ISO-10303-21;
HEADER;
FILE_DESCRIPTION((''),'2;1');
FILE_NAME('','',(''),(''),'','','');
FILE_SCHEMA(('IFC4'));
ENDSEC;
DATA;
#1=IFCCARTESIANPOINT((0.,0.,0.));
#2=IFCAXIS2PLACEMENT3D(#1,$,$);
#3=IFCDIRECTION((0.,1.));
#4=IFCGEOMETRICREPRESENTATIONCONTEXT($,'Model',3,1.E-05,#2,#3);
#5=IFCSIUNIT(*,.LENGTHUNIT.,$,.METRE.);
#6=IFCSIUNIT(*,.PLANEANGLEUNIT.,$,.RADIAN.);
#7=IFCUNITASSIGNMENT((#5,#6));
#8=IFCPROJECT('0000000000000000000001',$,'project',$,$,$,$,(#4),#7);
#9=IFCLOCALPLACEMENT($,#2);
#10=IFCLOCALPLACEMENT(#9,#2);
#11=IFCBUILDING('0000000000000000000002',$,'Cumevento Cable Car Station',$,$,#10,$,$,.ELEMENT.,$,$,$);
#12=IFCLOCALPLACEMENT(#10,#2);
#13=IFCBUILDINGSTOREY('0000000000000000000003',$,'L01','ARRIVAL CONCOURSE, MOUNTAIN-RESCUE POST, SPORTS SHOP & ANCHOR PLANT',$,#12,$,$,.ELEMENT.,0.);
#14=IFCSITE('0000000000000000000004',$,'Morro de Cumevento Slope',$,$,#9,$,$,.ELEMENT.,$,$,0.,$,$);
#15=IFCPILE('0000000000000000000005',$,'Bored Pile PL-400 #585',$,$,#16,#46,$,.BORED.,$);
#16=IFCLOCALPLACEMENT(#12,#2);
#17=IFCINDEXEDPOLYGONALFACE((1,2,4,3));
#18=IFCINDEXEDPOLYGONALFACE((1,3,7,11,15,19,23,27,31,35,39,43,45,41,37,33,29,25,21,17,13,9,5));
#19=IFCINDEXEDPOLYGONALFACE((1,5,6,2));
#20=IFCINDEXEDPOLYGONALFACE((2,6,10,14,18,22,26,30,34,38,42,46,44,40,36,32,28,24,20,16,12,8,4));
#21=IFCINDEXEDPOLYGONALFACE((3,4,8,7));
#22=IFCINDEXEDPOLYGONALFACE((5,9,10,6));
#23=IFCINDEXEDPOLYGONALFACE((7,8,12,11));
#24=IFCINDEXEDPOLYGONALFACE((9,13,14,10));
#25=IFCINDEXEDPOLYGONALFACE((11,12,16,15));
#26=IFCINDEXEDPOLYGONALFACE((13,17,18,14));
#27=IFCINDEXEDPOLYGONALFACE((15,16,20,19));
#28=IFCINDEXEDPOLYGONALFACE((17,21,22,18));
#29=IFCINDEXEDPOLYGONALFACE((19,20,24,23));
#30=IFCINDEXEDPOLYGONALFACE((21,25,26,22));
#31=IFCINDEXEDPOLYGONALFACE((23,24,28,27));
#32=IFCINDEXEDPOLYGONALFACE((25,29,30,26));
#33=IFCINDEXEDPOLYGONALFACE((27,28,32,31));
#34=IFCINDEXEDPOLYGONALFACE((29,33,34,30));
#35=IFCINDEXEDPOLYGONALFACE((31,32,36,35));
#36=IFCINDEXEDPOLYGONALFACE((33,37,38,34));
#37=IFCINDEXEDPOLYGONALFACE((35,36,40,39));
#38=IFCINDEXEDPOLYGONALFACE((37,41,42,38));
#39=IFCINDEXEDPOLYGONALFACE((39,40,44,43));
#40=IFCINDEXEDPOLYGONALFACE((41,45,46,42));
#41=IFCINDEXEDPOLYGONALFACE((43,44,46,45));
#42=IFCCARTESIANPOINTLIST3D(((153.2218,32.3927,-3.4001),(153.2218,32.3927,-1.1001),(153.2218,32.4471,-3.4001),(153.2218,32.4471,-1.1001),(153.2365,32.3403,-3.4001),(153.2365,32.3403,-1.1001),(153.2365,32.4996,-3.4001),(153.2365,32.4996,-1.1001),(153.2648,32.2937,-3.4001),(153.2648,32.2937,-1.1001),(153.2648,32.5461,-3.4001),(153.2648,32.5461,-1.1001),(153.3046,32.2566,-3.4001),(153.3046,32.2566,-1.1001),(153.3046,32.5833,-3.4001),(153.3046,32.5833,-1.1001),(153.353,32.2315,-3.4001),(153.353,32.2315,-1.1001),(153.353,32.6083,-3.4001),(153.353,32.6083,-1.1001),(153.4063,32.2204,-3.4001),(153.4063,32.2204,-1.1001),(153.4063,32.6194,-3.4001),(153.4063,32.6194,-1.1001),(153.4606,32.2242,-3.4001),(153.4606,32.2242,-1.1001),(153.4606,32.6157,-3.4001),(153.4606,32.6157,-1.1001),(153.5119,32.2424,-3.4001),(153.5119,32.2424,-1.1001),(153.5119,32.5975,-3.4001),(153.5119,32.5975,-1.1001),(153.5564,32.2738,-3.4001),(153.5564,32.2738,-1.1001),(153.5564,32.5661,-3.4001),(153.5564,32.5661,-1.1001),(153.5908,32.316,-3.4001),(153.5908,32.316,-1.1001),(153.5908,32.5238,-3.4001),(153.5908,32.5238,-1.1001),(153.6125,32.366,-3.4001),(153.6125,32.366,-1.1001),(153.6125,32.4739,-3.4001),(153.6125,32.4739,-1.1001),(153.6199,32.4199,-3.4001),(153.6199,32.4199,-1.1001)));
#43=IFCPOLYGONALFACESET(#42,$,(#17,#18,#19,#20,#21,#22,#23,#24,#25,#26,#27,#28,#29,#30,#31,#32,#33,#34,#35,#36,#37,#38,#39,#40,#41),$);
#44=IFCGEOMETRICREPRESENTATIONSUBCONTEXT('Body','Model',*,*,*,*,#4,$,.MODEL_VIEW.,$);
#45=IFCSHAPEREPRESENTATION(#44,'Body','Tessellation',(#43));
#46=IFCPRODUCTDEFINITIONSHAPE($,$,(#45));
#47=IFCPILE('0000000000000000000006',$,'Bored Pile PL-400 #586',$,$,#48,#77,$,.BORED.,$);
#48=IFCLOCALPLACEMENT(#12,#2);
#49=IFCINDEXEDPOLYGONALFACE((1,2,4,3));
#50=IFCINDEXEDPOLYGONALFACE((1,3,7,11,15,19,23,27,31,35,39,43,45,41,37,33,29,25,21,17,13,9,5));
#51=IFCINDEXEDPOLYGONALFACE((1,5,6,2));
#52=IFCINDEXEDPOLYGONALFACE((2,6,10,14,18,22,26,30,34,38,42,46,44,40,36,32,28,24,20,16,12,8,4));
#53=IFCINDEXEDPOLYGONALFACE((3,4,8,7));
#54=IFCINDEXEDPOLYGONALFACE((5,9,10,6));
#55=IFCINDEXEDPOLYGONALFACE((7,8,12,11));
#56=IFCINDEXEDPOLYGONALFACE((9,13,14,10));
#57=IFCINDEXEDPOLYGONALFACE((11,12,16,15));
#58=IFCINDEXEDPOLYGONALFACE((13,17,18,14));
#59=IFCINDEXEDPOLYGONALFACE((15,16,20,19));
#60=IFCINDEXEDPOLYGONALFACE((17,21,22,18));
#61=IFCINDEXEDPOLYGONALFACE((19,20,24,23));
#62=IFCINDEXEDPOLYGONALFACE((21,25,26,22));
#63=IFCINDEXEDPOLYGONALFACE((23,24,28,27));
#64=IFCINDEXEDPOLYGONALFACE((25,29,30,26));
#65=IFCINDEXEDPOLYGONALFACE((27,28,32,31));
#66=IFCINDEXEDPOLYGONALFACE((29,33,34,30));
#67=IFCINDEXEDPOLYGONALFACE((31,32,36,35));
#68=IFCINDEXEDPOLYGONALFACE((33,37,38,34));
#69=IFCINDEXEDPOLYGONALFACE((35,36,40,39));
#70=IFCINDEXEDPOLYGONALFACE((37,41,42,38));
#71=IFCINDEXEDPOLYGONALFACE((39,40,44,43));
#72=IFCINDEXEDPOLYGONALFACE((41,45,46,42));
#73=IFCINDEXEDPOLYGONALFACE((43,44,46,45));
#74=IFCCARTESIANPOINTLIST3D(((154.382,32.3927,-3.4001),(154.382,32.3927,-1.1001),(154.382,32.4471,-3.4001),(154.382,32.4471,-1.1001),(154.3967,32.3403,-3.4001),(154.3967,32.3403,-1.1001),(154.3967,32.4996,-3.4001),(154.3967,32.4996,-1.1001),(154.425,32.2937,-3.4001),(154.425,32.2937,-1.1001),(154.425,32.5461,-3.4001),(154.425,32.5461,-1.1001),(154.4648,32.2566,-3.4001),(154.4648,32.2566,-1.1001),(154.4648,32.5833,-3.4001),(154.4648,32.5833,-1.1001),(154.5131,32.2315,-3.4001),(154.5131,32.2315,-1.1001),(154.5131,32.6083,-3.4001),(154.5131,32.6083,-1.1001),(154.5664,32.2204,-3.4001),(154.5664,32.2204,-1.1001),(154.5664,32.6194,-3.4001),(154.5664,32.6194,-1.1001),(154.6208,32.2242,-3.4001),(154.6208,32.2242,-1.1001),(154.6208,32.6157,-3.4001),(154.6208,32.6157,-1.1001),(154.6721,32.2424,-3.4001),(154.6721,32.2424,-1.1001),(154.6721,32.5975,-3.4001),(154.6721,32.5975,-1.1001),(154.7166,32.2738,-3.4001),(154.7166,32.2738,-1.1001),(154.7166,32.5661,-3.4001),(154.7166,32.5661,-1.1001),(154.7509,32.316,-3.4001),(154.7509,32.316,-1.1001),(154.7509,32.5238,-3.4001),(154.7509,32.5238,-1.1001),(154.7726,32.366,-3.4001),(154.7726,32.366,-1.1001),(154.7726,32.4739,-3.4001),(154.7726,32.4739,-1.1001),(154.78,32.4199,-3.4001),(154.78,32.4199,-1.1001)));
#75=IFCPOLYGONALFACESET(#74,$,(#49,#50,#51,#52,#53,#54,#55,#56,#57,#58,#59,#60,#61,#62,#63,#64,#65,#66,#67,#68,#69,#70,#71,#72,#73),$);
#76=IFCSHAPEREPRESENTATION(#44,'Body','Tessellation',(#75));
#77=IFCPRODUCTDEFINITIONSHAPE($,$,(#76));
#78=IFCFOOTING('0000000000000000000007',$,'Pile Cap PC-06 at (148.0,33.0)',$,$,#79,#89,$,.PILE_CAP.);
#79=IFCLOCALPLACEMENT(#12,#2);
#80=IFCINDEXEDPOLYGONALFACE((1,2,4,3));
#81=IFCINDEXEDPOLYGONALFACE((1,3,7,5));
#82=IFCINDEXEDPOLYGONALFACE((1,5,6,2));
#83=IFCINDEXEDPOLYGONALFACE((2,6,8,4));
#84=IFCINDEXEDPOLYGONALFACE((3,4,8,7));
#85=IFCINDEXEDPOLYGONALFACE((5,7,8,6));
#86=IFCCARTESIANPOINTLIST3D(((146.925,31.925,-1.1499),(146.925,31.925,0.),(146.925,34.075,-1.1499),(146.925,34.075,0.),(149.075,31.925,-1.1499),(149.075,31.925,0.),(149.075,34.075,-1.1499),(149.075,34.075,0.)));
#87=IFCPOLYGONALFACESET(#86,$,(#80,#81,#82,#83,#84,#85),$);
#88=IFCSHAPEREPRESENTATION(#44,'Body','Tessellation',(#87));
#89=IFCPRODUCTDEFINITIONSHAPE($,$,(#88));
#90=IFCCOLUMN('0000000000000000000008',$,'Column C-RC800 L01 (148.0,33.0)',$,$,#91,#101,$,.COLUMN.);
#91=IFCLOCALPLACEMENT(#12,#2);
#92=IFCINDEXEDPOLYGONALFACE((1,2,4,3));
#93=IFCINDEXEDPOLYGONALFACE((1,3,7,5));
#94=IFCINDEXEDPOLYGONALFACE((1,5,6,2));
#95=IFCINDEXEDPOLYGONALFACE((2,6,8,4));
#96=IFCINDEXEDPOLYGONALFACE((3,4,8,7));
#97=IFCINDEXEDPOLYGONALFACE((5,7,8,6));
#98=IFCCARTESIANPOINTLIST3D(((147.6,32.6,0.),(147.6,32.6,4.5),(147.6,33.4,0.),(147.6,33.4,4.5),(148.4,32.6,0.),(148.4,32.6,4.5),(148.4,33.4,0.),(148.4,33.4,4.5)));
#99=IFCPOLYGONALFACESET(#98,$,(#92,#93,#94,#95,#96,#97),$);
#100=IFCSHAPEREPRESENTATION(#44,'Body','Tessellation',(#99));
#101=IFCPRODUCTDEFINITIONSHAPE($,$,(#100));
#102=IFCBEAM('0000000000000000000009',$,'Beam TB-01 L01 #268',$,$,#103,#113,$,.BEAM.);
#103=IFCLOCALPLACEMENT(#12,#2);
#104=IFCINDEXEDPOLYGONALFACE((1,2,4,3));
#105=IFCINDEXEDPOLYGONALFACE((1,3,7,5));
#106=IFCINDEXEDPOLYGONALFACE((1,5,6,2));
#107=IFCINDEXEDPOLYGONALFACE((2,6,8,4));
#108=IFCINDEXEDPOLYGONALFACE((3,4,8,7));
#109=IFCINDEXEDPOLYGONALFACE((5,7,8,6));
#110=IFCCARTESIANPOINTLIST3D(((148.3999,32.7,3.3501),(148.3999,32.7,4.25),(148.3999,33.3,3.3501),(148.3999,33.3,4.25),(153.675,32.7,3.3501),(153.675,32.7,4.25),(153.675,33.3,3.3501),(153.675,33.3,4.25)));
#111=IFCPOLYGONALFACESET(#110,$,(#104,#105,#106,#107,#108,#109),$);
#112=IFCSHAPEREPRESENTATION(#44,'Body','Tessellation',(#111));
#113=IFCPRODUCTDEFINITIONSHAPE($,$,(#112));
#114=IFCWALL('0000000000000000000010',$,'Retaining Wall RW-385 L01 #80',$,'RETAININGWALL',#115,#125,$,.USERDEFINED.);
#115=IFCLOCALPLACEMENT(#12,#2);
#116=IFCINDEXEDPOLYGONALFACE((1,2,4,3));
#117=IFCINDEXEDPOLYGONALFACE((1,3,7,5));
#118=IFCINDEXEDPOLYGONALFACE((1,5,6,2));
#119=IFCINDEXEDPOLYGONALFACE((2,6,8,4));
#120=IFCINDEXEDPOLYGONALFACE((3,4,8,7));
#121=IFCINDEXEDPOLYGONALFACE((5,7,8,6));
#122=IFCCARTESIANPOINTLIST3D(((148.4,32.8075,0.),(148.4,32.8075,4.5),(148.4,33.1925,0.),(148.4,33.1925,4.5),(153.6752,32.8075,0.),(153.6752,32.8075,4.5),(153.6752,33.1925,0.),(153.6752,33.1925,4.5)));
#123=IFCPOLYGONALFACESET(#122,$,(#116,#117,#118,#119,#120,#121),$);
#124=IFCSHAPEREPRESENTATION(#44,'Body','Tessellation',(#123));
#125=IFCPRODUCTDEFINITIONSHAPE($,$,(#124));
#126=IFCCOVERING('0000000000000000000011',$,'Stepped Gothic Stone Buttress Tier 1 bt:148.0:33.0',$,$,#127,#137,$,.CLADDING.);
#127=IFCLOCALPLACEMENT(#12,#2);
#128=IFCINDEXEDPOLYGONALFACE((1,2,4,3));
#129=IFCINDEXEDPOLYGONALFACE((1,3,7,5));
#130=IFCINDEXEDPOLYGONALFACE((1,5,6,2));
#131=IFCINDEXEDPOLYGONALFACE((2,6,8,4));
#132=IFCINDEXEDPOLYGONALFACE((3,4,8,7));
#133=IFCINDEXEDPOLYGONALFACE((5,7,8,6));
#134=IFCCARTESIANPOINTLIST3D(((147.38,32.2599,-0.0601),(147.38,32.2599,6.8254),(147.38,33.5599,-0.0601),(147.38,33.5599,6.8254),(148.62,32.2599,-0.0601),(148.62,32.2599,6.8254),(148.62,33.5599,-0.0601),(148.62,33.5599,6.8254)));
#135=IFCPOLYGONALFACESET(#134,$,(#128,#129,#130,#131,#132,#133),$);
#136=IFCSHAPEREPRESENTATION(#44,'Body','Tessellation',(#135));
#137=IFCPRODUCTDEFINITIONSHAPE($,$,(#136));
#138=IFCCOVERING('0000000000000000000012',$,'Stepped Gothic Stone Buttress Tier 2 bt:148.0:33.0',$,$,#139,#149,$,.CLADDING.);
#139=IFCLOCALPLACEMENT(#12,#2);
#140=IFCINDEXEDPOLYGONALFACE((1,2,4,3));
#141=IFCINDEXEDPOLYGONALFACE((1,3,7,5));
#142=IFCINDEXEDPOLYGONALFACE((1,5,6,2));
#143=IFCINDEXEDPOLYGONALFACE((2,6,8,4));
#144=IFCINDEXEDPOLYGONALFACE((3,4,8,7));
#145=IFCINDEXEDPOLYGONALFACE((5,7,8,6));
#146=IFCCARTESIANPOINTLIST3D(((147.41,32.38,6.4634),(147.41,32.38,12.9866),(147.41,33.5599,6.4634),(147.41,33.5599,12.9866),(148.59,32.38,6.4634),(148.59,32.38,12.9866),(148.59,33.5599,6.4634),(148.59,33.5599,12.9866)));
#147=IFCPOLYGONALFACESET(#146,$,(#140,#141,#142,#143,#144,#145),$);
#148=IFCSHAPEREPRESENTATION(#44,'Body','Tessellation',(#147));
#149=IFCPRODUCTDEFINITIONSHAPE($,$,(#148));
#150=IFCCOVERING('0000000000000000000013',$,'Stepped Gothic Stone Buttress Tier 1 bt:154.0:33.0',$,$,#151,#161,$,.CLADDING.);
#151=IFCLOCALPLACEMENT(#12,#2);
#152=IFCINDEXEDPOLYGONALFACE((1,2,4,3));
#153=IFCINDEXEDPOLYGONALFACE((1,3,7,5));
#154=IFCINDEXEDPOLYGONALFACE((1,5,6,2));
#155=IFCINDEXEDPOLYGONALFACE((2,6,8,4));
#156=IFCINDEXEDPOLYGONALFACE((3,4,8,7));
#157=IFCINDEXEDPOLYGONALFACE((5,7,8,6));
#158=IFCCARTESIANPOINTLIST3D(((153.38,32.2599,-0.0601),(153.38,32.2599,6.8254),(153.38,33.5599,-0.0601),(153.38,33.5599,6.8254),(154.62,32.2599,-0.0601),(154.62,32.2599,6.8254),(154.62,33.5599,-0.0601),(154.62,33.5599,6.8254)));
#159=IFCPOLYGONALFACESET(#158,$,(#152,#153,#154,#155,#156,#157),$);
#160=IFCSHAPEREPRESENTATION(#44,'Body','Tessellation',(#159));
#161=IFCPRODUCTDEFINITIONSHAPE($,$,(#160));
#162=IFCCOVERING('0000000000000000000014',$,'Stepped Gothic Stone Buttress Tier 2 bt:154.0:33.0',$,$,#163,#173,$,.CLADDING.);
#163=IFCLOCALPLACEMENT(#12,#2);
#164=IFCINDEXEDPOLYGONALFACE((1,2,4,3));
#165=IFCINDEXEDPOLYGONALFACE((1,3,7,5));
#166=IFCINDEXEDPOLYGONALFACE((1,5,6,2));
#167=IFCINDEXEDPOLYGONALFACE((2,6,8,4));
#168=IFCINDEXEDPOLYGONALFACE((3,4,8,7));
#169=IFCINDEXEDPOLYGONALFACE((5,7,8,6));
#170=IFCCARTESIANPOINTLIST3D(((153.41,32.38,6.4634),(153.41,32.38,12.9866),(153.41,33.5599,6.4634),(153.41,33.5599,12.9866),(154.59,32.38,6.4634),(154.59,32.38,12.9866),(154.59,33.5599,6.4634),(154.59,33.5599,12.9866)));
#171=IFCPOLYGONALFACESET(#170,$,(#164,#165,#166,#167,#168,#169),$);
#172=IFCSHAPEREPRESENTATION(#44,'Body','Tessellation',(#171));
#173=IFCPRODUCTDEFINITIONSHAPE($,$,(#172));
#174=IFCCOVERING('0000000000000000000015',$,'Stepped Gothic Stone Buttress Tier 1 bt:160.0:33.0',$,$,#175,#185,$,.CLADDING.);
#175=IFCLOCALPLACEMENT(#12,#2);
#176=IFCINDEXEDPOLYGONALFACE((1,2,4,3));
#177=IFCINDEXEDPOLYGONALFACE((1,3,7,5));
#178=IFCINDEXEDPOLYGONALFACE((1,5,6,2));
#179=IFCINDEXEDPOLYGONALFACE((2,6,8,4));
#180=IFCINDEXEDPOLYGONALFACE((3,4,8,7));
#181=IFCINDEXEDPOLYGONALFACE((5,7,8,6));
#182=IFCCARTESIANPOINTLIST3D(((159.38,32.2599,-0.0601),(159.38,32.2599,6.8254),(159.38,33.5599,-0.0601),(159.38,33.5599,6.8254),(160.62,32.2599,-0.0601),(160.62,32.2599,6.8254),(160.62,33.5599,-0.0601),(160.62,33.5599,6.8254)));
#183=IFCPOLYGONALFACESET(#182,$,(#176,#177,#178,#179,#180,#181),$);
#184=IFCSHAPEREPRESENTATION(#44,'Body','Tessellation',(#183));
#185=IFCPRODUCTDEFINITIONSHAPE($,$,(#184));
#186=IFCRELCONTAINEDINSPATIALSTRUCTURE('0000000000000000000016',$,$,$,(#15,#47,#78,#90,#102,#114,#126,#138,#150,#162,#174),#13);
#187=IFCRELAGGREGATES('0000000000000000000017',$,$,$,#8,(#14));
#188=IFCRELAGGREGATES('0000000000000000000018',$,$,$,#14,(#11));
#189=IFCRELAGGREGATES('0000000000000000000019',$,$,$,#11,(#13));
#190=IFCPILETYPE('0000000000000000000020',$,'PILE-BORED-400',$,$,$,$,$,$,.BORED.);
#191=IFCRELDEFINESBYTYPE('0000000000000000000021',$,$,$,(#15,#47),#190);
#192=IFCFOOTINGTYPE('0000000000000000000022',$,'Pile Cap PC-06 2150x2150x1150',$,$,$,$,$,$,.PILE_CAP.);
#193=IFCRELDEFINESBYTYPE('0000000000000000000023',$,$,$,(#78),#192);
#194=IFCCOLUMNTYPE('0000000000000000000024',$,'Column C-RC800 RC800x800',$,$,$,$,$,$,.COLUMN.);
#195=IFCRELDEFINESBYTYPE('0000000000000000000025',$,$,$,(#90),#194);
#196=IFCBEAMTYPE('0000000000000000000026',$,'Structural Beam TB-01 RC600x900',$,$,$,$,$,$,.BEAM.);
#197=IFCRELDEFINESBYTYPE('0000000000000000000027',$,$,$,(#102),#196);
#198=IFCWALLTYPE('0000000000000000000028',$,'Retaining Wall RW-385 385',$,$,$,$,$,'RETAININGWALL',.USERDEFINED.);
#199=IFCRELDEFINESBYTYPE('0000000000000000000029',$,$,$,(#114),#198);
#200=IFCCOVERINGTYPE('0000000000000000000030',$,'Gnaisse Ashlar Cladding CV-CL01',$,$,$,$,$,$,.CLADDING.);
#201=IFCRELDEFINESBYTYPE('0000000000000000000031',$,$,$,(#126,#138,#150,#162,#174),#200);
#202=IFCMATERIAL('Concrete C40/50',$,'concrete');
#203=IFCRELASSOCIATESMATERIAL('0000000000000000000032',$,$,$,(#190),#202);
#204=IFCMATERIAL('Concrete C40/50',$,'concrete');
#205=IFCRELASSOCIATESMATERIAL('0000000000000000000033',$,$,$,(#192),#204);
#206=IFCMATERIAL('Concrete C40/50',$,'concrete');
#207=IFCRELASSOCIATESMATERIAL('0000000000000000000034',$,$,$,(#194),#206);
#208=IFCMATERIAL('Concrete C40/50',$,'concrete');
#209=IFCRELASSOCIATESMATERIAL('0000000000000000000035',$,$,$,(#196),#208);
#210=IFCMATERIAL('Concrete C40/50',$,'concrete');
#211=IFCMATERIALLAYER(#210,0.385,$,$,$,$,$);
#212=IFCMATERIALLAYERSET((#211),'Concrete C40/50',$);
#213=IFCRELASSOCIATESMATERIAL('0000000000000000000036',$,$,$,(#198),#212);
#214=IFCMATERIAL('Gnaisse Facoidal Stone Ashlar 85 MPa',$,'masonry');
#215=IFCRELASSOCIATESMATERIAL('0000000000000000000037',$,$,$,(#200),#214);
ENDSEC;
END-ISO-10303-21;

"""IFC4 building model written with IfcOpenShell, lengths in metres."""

from ifc_helpers import new_model, si_unit, direction, frame, frame_2d, origin, origin_2d, place, context, subcontext, project, spatial, rectangle, circle, extrude, material, layer, layer_set, material_profile, profile_set, type_object, element, save


model = new_model("IFC4")

# Units and contexts
model_context = context("Model", 3, precision=1e-05, world=origin(), true_north=direction((0.0, 1.0)))
body_context = subcontext(model_context, "Body", "Model", "MODEL_VIEW")
ifc_project = project(units=[si_unit("LENGTHUNIT", "METRE"), si_unit("PLANEANGLEUNIT", "RADIAN")], contexts=[model_context])

# Site, building, storey
site_placement = place(None, origin())
site = spatial("IfcSite", under=ifc_project, at=site_placement, Name="Morro de Cumevento Slope", CompositionType="ELEMENT", RefElevation=0.0)
building_placement = place(site_placement, origin())
building = spatial("IfcBuilding", under=site, at=building_placement, Name="Cumevento Cable Car Station", CompositionType="ELEMENT")
storey_placement = place(building_placement, origin())
storey = spatial("IfcBuildingStorey", under=building, at=storey_placement, Name="L01", Description="ARRIVAL CONCOURSE, MOUNTAIN-RESCUE POST, SPORTS SHOP & ANCHOR PLANT", CompositionType="ELEMENT", Elevation=0.0)

# Piles
ifc_material_1 = material(Name="Concrete C40/50", Category="concrete")
ifc_material_profile_1 = material_profile(ifc_material_1, circle(Radius=0.2, at=origin_2d()), Name="PILE-D400")
ifc_profile_set_1 = profile_set([ifc_material_profile_1], Name="Concrete C40/50")
pile_type = type_object("IfcPileType", Name="PILE-BORED-400", PredefinedType="BORED", material=ifc_profile_set_1)
for number, where, z_axis, x_axis, name in (
    (1, (153.4199, 32.4199, -1.1001), (0.0, 0.0, -1.0), (1.0, 0.0, 0.0), "Bored Pile PL-400 #585"),
    (2, (154.5801, 32.4199, -1.1001), (0.0, 0.0, -1.0), (1.0, 0.0, 0.0), "Bored Pile PL-400 #586"),
):
    element("IfcPile", number, at=place(storey_placement, frame(where, z_axis=z_axis, x_axis=x_axis)), inside=storey, type_object=pile_type, Name=name, PredefinedType="BORED", context=body_context, shape_type="SweptSolid", body=[
        extrude(circle(Radius=0.2, at=origin_2d()), origin(), (0.0, 0.0, 1.0), 2.3),
    ])

# Footing
ifc_material_2 = material(Name="Concrete C40/50", Category="concrete")
footing_type = type_object("IfcFootingType", Name="Pile Cap PC-06 2150x2150x1150", PredefinedType="PILE_CAP", material=ifc_material_2)
footing_placement = place(storey_placement, frame((148.0, 33.0, -1.1499), z_axis=(0.0, 0.0, 1.0), x_axis=(1.0, 0.0, 0.0)))
element("IfcFooting", 3, at=footing_placement, inside=storey, type_object=footing_type, Name="Pile Cap PC-06 at (148.0,33.0)", PredefinedType="PILE_CAP", context=body_context, shape_type="SweptSolid", body=[
    extrude(rectangle(XDim=2.1499, YDim=2.1499, at=origin_2d()), origin(), (0.0, 0.0, 1.0), 1.1499),
])

# Column
ifc_material_3 = material(Name="Concrete C40/50", Category="concrete")
ifc_material_profile_2 = material_profile(ifc_material_3, rectangle(XDim=0.8, YDim=0.8, at=origin_2d()), Name="RC800x800")
ifc_profile_set_2 = profile_set([ifc_material_profile_2], Name="Concrete C40/50")
column_type = type_object("IfcColumnType", Name="Column C-RC800 RC800x800", PredefinedType="COLUMN", material=ifc_profile_set_2)
column_placement = place(storey_placement, frame((148.0, 33.0, 0.0), z_axis=(0.0, 0.0, 1.0), x_axis=(1.0, 0.0, 0.0)))
element("IfcColumn", 4, at=column_placement, inside=storey, type_object=column_type, Name="Column C-RC800 L01 (148.0,33.0)", PredefinedType="COLUMN", context=body_context, shape_type="SweptSolid", body=[
    extrude(rectangle(XDim=0.8, YDim=0.8, at=origin_2d()), origin(), (0.0, 0.0, 1.0), 4.5),
])

# Beam
ifc_material_4 = material(Name="Concrete C40/50", Category="concrete")
ifc_material_profile_3 = material_profile(ifc_material_4, rectangle(XDim=0.6001, YDim=0.8999, at=origin_2d()), Name="RC600x900")
ifc_profile_set_3 = profile_set([ifc_material_profile_3], Name="Concrete C40/50")
beam_type = type_object("IfcBeamType", Name="Structural Beam TB-01 RC600x900", PredefinedType="BEAM", material=ifc_profile_set_3)
beam_placement = place(storey_placement, frame((148.3999, 33.0, 3.8), z_axis=(1.0, 0.0, 0.0), x_axis=(0.0, 1.0, 0.0)))
element("IfcBeam", 5, at=beam_placement, inside=storey, type_object=beam_type, Name="Beam TB-01 L01 #268", PredefinedType="BEAM", context=body_context, shape_type="SweptSolid", body=[
    extrude(rectangle(XDim=0.6001, YDim=0.8999, at=origin_2d()), origin(), (0.0, 0.0, 1.0), 5.2751),
])

# Wall
ifc_material_5 = material(Name="Concrete C40/50", Category="concrete")
ifc_layer = layer(ifc_material_5, 0.385)
ifc_layer_set = layer_set([ifc_layer], Name="Concrete C40/50")
wall_type = type_object("IfcWallType", Name="Retaining Wall RW-385 385", ElementType="RETAININGWALL", PredefinedType="USERDEFINED", material=ifc_layer_set)
wall_placement = place(storey_placement, frame((148.3999, 33.0, 0.0), z_axis=(0.0, 0.0, 1.0), x_axis=(1.0, 0.0, 0.0)))
element("IfcWall", 6, at=wall_placement, inside=storey, type_object=wall_type, Name="Retaining Wall RW-385 L01 #80", ObjectType="RETAININGWALL", PredefinedType="USERDEFINED", context=body_context, shape_type="SweptSolid", body=[
    extrude(rectangle(XDim=5.2751, YDim=0.385, at=frame_2d((2.6377, 0.0))), origin(), (0.0, 0.0, 1.0), 4.5),
])

# Coverings
ifc_material_6 = material(Name="Gnaisse Facoidal Stone Ashlar 85 MPa", Category="masonry")
covering_type = type_object("IfcCoveringType", Name="Gnaisse Ashlar Cladding CV-CL01", PredefinedType="CLADDING", material=ifc_material_6)
covering_1_placement = place(storey_placement, frame((148.0, 32.9099, -0.0601), z_axis=(0.0, 0.0, 1.0), x_axis=(1.0, 0.0, 0.0)))
element("IfcCovering", 7, at=covering_1_placement, inside=storey, type_object=covering_type, Name="Stepped Gothic Stone Buttress Tier 1 bt:148.0:33.0", PredefinedType="CLADDING", context=body_context, shape_type="SweptSolid", body=[
    extrude(rectangle(XDim=1.24, YDim=1.3, at=origin_2d()), origin(), (0.0, 0.0, 1.0), 6.8855),
])
covering_2_placement = place(storey_placement, frame((148.0, 32.97, 6.4634), z_axis=(0.0, 0.0, 1.0), x_axis=(1.0, 0.0, 0.0)))
element("IfcCovering", 8, at=covering_2_placement, inside=storey, type_object=covering_type, Name="Stepped Gothic Stone Buttress Tier 2 bt:148.0:33.0", PredefinedType="CLADDING", context=body_context, shape_type="SweptSolid", body=[
    extrude(rectangle(XDim=1.1799, YDim=1.1799, at=origin_2d()), origin(), (0.0, 0.0, 1.0), 6.5232),
])
covering_3_placement = place(storey_placement, frame((154.0, 32.9099, -0.0601), z_axis=(0.0, 0.0, 1.0), x_axis=(1.0, 0.0, 0.0)))
element("IfcCovering", 9, at=covering_3_placement, inside=storey, type_object=covering_type, Name="Stepped Gothic Stone Buttress Tier 1 bt:154.0:33.0", PredefinedType="CLADDING", context=body_context, shape_type="SweptSolid", body=[
    extrude(rectangle(XDim=1.24, YDim=1.3, at=origin_2d()), origin(), (0.0, 0.0, 1.0), 6.8855),
])
covering_4_placement = place(storey_placement, frame((154.0, 32.97, 6.4634), z_axis=(0.0, 0.0, 1.0), x_axis=(1.0, 0.0, 0.0)))
element("IfcCovering", 10, at=covering_4_placement, inside=storey, type_object=covering_type, Name="Stepped Gothic Stone Buttress Tier 2 bt:154.0:33.0", PredefinedType="CLADDING", context=body_context, shape_type="SweptSolid", body=[
    extrude(rectangle(XDim=1.1799, YDim=1.1799, at=origin_2d()), origin(), (0.0, 0.0, 1.0), 6.5232),
])
covering_5_placement = place(storey_placement, frame((160.0, 32.9099, -0.0601), z_axis=(0.0, 0.0, 1.0), x_axis=(1.0, 0.0, 0.0)))
element("IfcCovering", 11, at=covering_5_placement, inside=storey, type_object=covering_type, Name="Stepped Gothic Stone Buttress Tier 1 bt:160.0:33.0", PredefinedType="CLADDING", context=body_context, shape_type="SweptSolid", body=[
    extrude(rectangle(XDim=1.24, YDim=1.3, at=origin_2d()), origin(), (0.0, 0.0, 1.0), 6.8855),
])

save(model, "model.ifc")
